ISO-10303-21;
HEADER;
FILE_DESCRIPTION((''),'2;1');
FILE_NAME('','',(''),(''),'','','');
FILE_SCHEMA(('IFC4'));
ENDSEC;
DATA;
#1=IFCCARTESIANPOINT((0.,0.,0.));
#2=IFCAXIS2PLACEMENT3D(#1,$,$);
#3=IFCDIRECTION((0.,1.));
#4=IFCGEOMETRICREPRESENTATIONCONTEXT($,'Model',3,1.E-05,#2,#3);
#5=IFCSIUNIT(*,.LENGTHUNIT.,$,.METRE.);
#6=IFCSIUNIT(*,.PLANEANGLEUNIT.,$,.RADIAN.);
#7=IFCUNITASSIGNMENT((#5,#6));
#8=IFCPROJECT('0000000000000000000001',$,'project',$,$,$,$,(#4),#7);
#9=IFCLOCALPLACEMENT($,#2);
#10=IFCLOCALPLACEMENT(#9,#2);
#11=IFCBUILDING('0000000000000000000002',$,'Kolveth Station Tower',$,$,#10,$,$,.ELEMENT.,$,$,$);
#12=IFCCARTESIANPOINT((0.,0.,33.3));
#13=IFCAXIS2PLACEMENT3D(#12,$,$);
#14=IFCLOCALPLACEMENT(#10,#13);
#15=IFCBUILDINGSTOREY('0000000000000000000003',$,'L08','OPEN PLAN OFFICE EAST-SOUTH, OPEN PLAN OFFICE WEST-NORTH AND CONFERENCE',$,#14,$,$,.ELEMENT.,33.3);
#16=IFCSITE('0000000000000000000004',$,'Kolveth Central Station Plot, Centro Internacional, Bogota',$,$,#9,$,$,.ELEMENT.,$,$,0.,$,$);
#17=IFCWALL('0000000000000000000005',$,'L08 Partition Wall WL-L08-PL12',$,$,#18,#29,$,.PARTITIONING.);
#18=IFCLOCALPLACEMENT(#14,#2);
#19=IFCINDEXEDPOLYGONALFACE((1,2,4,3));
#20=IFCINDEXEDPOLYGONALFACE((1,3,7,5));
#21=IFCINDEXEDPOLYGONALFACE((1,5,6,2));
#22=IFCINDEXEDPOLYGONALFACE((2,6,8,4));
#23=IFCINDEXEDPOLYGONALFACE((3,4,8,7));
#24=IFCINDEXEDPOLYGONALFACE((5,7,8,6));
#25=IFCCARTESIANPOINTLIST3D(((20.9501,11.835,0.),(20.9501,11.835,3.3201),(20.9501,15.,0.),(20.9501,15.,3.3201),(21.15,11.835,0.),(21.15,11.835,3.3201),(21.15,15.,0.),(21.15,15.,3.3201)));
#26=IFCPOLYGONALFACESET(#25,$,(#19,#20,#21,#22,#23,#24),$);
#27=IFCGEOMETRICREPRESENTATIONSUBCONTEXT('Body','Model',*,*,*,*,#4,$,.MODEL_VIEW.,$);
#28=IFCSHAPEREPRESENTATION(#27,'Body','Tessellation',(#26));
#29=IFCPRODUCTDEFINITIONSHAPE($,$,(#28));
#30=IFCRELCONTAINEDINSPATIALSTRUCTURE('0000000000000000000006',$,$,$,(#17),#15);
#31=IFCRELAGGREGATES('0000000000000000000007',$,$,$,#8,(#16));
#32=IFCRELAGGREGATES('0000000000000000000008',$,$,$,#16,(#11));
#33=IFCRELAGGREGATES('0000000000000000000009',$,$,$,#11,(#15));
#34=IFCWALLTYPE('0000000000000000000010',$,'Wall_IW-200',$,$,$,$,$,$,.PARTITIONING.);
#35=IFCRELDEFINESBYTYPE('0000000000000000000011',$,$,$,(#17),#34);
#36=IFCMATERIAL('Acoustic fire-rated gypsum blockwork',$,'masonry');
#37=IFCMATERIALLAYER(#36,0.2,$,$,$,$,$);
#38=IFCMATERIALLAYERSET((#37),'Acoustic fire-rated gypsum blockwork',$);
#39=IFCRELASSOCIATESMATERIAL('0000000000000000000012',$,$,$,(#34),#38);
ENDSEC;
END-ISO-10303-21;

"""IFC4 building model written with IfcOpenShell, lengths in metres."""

from ifc_helpers import new_model, si_unit, direction, frame, frame_2d, origin, place, context, subcontext, project, spatial, rectangle, extrude, material, layer, layer_set, type_object, element, save


model = new_model("IFC4")

# Units and contexts
model_context = context("Model", 3, precision=1e-05, world=origin(), true_north=direction((0.0, 1.0)))
body_context = subcontext(model_context, "Body", "Model", "MODEL_VIEW")
ifc_project = project(units=[si_unit("LENGTHUNIT", "METRE"), si_unit("PLANEANGLEUNIT", "RADIAN")], contexts=[model_context])

# Site, building, storey
site_placement = place(None, origin())
site = spatial("IfcSite", under=ifc_project, at=site_placement, Name="Kolveth Central Station Plot, Centro Internacional, Bogota", CompositionType="ELEMENT", RefElevation=0.0)
building_placement = place(site_placement, origin())
building = spatial("IfcBuilding", under=site, at=building_placement, Name="Kolveth Station Tower", CompositionType="ELEMENT")
storey_placement = place(building_placement, frame((0.0, 0.0, 33.3)))
storey = spatial("IfcBuildingStorey", under=building, at=storey_placement, Name="L08", Description="OPEN PLAN OFFICE EAST-SOUTH, OPEN PLAN OFFICE WEST-NORTH AND CONFERENCE", CompositionType="ELEMENT", Elevation=33.3)

# Shared definitions
ifc_material_1 = material(Name="Acoustic fire-rated gypsum blockwork", Category="masonry")
ifc_layer_1 = layer(ifc_material_1, 0.2)
ifc_layer_set_1 = layer_set([ifc_layer_1], Name="Acoustic fire-rated gypsum blockwork")
wall_type_1 = type_object("IfcWallType", Name="Wall_IW-200", PredefinedType="PARTITIONING", material=ifc_layer_set_1)

# Wall
wall_1_placement = place(storey_placement, frame((21.05, 11.835, 0.0), z_axis=(0.0, 0.0, 1.0), x_axis=(0.0, 1.0, 0.0)))
element("IfcWall", 1, at=wall_1_placement, inside=storey, type_object=wall_type_1, Name="L08 Partition Wall WL-L08-PL12", PredefinedType="PARTITIONING", context=body_context, shape_type="SweptSolid", body=[
    extrude(rectangle(XDim=3.165, YDim=0.2, at=frame_2d((1.5825, 0.0))), origin(), (0.0, 0.0, 1.0), 3.3201),
])

save(model, "model.ifc")
